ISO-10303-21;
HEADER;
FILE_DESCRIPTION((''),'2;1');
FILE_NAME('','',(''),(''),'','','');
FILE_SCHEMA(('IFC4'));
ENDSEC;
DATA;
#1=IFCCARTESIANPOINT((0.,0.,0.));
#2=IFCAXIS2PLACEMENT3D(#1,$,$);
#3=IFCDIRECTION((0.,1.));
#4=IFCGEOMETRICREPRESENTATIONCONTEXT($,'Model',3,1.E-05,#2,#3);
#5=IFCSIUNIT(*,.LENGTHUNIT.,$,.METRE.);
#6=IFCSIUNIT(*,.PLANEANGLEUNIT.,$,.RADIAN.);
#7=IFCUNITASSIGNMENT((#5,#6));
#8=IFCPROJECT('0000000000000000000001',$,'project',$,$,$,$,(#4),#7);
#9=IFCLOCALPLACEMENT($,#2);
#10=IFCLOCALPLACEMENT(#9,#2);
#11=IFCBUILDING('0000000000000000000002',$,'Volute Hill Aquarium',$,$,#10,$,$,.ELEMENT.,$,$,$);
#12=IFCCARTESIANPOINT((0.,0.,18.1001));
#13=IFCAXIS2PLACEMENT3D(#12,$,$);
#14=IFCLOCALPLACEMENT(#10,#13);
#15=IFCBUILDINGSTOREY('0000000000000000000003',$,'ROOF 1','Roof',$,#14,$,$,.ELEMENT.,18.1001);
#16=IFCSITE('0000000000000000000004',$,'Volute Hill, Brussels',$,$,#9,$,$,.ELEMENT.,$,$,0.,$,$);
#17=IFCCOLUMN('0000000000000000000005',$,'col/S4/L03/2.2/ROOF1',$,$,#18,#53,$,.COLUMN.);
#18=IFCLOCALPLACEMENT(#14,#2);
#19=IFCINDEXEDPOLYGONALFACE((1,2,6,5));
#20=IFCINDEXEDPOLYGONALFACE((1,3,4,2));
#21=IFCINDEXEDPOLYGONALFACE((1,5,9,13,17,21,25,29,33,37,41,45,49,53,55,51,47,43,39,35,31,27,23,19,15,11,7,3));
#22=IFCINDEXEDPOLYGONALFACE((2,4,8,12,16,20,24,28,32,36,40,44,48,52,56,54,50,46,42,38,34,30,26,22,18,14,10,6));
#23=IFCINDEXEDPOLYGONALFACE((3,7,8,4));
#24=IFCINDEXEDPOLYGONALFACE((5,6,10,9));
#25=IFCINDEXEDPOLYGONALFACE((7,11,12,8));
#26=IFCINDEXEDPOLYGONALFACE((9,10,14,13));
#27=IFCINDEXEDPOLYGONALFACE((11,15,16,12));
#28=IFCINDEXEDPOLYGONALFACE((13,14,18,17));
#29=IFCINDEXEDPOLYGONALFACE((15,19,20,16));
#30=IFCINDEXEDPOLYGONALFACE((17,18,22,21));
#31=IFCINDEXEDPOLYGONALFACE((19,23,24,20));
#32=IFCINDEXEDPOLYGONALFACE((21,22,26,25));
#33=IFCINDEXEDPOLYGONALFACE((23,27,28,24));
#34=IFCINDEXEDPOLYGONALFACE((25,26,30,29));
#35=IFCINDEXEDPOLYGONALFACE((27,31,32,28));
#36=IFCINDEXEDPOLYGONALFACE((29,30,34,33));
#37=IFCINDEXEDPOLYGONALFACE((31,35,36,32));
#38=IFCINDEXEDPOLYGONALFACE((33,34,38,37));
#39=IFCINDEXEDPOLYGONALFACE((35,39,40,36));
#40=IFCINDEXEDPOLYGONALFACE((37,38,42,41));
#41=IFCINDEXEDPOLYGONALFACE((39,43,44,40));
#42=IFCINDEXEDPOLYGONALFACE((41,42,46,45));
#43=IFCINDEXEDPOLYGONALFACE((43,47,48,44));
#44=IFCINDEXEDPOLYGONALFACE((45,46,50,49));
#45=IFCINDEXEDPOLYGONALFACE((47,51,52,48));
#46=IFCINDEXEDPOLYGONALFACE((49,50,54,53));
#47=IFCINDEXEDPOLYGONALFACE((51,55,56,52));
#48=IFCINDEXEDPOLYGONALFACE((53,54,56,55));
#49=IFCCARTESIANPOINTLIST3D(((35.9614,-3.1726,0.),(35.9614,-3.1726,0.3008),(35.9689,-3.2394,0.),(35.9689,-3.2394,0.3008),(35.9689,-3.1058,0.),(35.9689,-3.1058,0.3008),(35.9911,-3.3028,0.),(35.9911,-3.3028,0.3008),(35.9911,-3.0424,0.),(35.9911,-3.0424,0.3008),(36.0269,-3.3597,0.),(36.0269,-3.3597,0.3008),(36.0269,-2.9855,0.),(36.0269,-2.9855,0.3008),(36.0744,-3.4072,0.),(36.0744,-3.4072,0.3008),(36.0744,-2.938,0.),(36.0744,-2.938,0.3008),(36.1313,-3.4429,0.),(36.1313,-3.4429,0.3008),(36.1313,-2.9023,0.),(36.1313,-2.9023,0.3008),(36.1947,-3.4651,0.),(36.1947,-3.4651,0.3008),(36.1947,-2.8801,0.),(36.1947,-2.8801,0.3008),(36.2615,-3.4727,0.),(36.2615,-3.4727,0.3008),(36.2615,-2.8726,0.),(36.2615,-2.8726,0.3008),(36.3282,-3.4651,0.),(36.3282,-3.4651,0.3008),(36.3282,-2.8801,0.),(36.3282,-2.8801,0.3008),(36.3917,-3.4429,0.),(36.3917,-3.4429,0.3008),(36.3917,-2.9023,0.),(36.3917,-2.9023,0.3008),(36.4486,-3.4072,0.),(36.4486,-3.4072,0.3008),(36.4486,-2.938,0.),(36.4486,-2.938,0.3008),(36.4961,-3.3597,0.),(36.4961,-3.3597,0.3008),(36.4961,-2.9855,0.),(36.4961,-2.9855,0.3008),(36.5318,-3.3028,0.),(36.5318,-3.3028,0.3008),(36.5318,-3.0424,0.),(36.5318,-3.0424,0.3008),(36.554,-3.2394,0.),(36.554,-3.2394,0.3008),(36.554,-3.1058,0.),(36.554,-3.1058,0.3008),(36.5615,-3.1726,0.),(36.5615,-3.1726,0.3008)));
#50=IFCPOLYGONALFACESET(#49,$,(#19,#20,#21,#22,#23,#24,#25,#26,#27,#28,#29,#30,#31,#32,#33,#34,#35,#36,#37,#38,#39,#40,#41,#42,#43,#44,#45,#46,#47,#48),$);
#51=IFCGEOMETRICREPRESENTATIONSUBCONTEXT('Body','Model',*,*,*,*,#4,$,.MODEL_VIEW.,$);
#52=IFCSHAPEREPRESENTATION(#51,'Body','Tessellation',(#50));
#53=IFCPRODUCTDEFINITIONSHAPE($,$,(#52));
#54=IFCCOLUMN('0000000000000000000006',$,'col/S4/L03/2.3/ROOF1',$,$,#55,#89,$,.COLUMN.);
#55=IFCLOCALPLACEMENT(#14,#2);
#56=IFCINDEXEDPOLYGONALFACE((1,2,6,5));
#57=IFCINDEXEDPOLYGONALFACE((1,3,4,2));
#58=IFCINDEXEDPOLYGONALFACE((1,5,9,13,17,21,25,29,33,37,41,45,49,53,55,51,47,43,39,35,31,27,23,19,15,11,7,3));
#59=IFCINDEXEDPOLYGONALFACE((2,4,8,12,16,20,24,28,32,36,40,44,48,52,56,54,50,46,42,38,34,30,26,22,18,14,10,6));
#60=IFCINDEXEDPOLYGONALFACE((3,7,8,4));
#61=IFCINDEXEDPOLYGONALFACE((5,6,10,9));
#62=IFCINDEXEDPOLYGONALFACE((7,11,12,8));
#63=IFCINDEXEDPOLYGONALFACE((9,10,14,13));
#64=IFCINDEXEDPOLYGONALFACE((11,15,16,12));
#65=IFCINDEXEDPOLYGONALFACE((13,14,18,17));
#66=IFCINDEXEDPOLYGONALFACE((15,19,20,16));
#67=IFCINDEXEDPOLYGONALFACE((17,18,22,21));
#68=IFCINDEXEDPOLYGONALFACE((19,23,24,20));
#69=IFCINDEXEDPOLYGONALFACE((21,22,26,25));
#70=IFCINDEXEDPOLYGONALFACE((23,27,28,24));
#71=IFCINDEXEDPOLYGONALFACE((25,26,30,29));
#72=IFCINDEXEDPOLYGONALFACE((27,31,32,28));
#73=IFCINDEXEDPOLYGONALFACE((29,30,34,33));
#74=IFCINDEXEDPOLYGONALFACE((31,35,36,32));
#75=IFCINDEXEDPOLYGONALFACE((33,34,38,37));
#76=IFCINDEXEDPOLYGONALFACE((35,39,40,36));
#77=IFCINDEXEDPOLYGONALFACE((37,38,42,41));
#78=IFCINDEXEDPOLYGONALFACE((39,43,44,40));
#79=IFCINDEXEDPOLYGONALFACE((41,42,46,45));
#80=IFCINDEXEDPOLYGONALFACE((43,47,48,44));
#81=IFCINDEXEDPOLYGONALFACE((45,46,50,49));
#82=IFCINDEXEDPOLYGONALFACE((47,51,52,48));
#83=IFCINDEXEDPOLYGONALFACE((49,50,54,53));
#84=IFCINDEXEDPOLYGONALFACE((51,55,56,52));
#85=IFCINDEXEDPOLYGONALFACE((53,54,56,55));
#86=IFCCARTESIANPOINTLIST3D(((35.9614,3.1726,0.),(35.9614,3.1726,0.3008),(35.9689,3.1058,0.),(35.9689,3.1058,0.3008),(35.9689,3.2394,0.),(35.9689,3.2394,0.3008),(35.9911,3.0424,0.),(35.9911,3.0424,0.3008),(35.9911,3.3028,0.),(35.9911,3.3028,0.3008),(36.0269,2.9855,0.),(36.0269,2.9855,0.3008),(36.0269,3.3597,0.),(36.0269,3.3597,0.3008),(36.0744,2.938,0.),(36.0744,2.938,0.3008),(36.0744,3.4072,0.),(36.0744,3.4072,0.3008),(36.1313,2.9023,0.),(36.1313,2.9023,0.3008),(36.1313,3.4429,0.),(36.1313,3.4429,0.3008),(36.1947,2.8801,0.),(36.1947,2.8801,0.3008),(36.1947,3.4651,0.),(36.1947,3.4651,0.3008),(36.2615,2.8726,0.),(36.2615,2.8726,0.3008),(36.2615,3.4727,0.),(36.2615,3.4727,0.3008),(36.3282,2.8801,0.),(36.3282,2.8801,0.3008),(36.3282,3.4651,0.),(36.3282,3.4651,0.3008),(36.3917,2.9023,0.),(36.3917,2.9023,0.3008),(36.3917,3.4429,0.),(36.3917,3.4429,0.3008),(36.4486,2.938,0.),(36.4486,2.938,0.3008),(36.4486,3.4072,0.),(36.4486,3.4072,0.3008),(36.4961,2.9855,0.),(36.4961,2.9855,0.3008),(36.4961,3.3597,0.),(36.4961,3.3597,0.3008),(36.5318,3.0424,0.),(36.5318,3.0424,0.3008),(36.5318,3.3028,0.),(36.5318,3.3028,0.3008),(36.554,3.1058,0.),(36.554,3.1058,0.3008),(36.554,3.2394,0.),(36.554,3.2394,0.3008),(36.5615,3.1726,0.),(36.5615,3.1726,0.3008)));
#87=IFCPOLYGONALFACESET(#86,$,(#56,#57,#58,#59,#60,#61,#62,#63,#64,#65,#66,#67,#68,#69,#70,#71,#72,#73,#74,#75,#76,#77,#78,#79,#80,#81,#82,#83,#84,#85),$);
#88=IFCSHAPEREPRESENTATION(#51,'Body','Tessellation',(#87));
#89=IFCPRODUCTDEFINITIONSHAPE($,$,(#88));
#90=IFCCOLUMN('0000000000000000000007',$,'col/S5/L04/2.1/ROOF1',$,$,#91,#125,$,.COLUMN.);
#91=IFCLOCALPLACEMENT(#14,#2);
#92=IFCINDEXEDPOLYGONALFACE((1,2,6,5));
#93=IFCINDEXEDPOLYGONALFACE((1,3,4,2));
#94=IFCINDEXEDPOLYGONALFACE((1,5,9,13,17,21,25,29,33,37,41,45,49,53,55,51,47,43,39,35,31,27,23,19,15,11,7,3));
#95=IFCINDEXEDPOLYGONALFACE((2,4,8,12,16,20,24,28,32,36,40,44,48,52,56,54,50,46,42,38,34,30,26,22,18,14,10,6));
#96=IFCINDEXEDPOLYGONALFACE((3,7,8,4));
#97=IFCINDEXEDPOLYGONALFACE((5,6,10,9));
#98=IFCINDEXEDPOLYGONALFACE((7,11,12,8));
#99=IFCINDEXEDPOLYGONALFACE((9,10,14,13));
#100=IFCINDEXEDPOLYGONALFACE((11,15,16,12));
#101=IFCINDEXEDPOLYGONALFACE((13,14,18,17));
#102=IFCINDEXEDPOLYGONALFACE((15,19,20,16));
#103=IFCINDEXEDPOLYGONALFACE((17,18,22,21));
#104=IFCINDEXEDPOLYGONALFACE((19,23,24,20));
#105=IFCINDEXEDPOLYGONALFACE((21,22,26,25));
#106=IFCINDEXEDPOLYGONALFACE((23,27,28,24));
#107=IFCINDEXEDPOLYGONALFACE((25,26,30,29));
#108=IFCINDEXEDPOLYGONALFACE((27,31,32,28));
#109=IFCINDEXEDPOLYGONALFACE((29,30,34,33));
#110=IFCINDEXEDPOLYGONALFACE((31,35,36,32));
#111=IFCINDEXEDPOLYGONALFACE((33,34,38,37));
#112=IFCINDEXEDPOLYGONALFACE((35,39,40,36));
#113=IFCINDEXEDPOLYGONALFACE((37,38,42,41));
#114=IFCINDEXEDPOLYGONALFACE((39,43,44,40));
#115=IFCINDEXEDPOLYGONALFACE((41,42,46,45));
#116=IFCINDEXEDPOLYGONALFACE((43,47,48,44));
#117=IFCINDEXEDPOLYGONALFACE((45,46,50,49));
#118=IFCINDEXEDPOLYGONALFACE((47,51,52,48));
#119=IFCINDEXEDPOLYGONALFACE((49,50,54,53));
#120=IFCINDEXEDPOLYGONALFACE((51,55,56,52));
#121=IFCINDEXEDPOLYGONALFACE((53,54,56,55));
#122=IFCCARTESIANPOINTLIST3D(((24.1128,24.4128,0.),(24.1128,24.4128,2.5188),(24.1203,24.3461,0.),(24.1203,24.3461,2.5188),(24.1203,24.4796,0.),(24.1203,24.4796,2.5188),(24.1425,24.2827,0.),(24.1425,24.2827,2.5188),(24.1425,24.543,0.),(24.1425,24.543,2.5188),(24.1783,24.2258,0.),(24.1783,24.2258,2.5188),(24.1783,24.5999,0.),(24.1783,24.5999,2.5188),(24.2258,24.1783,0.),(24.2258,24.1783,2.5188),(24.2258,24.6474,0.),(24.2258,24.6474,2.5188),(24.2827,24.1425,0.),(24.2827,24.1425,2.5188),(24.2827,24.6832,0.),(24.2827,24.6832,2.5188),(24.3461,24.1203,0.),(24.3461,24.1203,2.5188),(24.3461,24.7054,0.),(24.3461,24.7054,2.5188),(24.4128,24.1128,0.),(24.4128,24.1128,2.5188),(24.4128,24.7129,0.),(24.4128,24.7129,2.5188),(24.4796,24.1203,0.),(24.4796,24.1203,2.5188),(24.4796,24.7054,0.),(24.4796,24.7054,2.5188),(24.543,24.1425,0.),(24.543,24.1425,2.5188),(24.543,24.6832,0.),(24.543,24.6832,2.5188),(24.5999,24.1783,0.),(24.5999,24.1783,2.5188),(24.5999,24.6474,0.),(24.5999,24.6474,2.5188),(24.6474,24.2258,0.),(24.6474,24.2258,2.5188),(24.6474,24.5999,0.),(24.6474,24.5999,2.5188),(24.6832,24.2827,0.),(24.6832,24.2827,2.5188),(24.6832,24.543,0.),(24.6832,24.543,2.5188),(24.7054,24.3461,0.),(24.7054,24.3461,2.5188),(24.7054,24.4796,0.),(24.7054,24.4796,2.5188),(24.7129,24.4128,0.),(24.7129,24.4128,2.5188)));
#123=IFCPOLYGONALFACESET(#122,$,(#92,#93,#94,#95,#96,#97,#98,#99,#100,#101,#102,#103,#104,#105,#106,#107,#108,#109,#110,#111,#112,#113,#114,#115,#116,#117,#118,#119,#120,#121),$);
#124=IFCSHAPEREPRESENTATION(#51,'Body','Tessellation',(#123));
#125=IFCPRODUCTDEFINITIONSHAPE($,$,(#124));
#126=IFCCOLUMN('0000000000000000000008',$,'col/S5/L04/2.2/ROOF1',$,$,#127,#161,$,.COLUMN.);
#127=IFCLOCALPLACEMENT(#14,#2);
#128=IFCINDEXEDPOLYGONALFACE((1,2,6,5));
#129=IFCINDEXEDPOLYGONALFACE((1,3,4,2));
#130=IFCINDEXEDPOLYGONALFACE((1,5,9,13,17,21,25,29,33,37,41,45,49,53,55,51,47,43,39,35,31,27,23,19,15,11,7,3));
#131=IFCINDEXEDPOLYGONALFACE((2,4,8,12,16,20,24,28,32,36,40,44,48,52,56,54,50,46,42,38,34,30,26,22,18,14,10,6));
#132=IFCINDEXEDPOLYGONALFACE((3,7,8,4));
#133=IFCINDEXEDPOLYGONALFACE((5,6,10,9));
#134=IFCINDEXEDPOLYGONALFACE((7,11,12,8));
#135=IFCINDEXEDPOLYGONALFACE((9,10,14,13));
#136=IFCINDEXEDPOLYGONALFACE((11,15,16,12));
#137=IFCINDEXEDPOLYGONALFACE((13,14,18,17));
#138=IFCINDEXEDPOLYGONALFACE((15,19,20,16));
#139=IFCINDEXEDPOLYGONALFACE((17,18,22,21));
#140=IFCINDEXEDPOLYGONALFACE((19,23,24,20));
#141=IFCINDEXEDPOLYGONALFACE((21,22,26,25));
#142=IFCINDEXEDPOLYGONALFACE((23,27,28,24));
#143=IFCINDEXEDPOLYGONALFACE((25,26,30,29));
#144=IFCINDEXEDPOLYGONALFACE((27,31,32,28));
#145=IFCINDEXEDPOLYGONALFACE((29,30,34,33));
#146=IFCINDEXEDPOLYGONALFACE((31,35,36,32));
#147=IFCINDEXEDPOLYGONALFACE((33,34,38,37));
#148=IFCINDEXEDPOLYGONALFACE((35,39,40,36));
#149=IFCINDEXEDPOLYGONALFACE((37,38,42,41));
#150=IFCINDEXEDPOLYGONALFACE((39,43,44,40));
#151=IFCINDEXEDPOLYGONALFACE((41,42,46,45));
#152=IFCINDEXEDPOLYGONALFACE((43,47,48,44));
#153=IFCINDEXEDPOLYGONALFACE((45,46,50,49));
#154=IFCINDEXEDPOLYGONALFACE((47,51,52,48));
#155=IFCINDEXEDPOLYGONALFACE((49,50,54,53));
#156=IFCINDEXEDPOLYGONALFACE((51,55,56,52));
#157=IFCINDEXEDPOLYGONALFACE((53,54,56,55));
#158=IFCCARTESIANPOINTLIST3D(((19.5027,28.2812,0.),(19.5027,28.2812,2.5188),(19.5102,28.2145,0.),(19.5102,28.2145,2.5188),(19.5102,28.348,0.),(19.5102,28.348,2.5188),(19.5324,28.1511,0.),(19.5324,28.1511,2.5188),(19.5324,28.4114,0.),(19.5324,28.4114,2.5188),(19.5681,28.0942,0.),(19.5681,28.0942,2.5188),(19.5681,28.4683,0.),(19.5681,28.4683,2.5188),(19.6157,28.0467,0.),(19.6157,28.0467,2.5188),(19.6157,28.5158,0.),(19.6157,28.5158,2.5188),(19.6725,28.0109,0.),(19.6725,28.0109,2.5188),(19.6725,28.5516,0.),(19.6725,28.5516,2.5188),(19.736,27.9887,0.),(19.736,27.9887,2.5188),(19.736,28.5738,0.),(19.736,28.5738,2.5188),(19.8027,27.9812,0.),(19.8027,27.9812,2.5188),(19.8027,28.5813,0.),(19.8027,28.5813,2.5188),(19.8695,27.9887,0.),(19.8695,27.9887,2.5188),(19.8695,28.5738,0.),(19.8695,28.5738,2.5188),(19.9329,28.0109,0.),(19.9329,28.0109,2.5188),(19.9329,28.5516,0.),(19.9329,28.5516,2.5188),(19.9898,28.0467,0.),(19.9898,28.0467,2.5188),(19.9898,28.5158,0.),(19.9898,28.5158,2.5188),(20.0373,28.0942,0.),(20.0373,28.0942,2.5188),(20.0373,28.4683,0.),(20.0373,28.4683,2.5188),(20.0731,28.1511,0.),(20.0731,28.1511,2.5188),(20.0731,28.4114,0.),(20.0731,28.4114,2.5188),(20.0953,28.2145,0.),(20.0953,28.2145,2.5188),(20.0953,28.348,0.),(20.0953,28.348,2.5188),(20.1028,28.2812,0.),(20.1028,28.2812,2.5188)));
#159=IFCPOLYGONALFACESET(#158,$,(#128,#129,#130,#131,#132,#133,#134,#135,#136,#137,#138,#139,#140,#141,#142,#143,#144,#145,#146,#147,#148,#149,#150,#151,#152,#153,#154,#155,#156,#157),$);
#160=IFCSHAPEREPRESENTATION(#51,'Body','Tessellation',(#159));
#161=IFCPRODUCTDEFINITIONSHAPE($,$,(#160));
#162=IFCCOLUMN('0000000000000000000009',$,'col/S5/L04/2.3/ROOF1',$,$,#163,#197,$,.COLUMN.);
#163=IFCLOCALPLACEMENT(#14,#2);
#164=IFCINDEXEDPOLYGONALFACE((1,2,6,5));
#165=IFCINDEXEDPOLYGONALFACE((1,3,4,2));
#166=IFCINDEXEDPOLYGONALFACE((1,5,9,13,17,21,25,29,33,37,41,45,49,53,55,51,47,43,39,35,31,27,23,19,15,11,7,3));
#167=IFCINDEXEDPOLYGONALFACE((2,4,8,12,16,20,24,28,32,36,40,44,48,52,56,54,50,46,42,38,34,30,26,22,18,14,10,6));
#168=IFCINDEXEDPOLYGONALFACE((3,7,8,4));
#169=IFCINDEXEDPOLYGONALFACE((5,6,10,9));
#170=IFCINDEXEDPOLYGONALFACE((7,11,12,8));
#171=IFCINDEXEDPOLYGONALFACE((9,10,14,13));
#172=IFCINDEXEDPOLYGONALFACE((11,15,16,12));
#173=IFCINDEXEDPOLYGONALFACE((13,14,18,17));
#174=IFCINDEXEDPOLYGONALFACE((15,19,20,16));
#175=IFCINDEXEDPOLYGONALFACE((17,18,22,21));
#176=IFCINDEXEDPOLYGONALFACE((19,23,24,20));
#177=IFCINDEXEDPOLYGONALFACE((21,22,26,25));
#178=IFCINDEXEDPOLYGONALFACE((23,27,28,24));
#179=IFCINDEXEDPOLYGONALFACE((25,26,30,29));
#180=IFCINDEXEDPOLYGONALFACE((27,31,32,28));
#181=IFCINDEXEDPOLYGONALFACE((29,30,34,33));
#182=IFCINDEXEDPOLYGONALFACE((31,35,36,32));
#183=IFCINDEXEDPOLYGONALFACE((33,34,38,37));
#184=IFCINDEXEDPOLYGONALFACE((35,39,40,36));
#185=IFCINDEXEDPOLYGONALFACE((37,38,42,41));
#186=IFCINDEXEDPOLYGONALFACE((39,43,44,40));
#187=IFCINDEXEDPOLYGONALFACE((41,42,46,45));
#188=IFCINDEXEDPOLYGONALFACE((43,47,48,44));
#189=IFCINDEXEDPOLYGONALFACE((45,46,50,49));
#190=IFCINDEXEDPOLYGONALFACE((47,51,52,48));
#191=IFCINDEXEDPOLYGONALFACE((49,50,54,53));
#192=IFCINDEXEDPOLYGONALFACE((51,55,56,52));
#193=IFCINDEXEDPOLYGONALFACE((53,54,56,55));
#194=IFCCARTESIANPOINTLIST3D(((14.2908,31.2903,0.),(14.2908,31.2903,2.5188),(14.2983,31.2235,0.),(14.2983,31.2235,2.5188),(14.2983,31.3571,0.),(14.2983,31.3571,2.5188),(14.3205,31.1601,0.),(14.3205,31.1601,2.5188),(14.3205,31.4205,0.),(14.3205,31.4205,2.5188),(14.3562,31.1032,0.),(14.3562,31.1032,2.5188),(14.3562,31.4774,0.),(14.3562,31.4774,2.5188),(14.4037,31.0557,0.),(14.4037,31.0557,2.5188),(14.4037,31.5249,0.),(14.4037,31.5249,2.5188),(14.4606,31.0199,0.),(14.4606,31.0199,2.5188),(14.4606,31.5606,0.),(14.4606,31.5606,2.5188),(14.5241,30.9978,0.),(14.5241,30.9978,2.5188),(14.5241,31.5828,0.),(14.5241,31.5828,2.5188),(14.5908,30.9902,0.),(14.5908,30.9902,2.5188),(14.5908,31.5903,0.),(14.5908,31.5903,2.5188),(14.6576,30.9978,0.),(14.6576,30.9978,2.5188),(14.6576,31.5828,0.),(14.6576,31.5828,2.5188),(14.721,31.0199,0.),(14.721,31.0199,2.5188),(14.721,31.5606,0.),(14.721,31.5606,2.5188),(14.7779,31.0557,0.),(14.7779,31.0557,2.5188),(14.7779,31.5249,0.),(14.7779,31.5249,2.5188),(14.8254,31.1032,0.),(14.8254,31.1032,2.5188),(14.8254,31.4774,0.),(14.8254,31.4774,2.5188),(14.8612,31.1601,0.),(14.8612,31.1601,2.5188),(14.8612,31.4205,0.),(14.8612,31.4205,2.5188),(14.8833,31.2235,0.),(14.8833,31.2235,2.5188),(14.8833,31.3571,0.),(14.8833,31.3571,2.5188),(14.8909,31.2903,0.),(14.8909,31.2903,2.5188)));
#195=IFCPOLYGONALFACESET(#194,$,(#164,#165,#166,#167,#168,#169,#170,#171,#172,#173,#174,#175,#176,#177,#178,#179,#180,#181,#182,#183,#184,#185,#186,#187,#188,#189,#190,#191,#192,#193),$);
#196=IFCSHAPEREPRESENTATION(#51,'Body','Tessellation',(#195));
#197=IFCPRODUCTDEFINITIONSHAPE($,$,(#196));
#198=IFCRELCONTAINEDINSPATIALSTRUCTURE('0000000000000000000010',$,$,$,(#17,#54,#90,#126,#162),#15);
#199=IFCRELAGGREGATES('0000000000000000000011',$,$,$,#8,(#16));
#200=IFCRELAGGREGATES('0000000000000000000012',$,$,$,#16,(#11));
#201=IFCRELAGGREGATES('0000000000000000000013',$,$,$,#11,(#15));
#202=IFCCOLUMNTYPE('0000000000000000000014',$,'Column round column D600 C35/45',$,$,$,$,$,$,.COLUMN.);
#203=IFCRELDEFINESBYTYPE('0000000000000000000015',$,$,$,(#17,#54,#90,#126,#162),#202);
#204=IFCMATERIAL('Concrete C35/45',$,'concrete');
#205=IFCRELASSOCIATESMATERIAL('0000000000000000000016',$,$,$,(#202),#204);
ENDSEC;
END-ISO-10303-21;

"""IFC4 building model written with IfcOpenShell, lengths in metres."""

from ifc_helpers import new_model, si_unit, direction, frame, origin, origin_2d, place, context, subcontext, project, spatial, circle, extrude, material, material_profile, profile_set, type_object, element, save


model = new_model("IFC4")

# Units and contexts
model_context = context("Model", 3, precision=1e-05, world=origin(), true_north=direction((0.0, 1.0)))
body_context = subcontext(model_context, "Body", "Model", "MODEL_VIEW")
ifc_project = project(units=[si_unit("LENGTHUNIT", "METRE"), si_unit("PLANEANGLEUNIT", "RADIAN")], contexts=[model_context])

# Site, building, storey
site_placement = place(None, origin())
site = spatial("IfcSite", under=ifc_project, at=site_placement, Name="Volute Hill, Brussels", CompositionType="ELEMENT", RefElevation=0.0)
building_placement = place(site_placement, origin())
building = spatial("IfcBuilding", under=site, at=building_placement, Name="Volute Hill Aquarium", CompositionType="ELEMENT")
storey_placement = place(building_placement, frame((0.0, 0.0, 18.1001)))
storey = spatial("IfcBuildingStorey", under=building, at=storey_placement, Name="ROOF 1", Description="Roof", CompositionType="ELEMENT", Elevation=18.1001)

# Columns
ifc_material_1 = material(Name="Concrete C35/45", Category="concrete")
ifc_material_profile_1 = material_profile(ifc_material_1, circle(Radius=0.3, at=origin_2d()), Name="RC round column D600")
ifc_profile_set_1 = profile_set([ifc_material_profile_1], Name="Concrete C35/45")
column_type_1 = type_object("IfcColumnType", Name="Column round column D600 C35/45", PredefinedType="COLUMN", material=ifc_profile_set_1)
for number, where, z_axis, x_axis, name in (
    (1, (36.2615, -3.1726, 0.0), (0.0, 0.0, 1.0), (1.0, 0.0, 0.0), "col/S4/L03/2.2/ROOF1"),
    (2, (36.2615, 3.1726, 0.0), (0.0, 0.0, 1.0), (1.0, 0.0, 0.0), "col/S4/L03/2.3/ROOF1"),
):
    element("IfcColumn", number, at=place(storey_placement, frame(where, z_axis=z_axis, x_axis=x_axis)), inside=storey, type_object=column_type_1, Name=name, PredefinedType="COLUMN", context=body_context, shape_type="SweptSolid", body=[
        extrude(circle(Radius=0.3, at=origin_2d()), origin(), (0.0, 0.0, 1.0), 0.3008),
    ])
for number, where, z_axis, x_axis, name in (
    (3, (24.4128, 24.4128, 0.0), (0.0, 0.0, 1.0), (1.0, 0.0, 0.0), "col/S5/L04/2.1/ROOF1"),
    (4, (19.8027, 28.2812, 0.0), (0.0, 0.0, 1.0), (1.0, 0.0, 0.0), "col/S5/L04/2.2/ROOF1"),
    (5, (14.5908, 31.2903, 0.0), (0.0, 0.0, 1.0), (1.0, 0.0, 0.0), "col/S5/L04/2.3/ROOF1"),
):
    element("IfcColumn", number, at=place(storey_placement, frame(where, z_axis=z_axis, x_axis=x_axis)), inside=storey, type_object=column_type_1, Name=name, PredefinedType="COLUMN", context=body_context, shape_type="SweptSolid", body=[
        extrude(circle(Radius=0.3, at=origin_2d()), origin(), (0.0, 0.0, 1.0), 2.5188),
    ])

save(model, "model.ifc")
